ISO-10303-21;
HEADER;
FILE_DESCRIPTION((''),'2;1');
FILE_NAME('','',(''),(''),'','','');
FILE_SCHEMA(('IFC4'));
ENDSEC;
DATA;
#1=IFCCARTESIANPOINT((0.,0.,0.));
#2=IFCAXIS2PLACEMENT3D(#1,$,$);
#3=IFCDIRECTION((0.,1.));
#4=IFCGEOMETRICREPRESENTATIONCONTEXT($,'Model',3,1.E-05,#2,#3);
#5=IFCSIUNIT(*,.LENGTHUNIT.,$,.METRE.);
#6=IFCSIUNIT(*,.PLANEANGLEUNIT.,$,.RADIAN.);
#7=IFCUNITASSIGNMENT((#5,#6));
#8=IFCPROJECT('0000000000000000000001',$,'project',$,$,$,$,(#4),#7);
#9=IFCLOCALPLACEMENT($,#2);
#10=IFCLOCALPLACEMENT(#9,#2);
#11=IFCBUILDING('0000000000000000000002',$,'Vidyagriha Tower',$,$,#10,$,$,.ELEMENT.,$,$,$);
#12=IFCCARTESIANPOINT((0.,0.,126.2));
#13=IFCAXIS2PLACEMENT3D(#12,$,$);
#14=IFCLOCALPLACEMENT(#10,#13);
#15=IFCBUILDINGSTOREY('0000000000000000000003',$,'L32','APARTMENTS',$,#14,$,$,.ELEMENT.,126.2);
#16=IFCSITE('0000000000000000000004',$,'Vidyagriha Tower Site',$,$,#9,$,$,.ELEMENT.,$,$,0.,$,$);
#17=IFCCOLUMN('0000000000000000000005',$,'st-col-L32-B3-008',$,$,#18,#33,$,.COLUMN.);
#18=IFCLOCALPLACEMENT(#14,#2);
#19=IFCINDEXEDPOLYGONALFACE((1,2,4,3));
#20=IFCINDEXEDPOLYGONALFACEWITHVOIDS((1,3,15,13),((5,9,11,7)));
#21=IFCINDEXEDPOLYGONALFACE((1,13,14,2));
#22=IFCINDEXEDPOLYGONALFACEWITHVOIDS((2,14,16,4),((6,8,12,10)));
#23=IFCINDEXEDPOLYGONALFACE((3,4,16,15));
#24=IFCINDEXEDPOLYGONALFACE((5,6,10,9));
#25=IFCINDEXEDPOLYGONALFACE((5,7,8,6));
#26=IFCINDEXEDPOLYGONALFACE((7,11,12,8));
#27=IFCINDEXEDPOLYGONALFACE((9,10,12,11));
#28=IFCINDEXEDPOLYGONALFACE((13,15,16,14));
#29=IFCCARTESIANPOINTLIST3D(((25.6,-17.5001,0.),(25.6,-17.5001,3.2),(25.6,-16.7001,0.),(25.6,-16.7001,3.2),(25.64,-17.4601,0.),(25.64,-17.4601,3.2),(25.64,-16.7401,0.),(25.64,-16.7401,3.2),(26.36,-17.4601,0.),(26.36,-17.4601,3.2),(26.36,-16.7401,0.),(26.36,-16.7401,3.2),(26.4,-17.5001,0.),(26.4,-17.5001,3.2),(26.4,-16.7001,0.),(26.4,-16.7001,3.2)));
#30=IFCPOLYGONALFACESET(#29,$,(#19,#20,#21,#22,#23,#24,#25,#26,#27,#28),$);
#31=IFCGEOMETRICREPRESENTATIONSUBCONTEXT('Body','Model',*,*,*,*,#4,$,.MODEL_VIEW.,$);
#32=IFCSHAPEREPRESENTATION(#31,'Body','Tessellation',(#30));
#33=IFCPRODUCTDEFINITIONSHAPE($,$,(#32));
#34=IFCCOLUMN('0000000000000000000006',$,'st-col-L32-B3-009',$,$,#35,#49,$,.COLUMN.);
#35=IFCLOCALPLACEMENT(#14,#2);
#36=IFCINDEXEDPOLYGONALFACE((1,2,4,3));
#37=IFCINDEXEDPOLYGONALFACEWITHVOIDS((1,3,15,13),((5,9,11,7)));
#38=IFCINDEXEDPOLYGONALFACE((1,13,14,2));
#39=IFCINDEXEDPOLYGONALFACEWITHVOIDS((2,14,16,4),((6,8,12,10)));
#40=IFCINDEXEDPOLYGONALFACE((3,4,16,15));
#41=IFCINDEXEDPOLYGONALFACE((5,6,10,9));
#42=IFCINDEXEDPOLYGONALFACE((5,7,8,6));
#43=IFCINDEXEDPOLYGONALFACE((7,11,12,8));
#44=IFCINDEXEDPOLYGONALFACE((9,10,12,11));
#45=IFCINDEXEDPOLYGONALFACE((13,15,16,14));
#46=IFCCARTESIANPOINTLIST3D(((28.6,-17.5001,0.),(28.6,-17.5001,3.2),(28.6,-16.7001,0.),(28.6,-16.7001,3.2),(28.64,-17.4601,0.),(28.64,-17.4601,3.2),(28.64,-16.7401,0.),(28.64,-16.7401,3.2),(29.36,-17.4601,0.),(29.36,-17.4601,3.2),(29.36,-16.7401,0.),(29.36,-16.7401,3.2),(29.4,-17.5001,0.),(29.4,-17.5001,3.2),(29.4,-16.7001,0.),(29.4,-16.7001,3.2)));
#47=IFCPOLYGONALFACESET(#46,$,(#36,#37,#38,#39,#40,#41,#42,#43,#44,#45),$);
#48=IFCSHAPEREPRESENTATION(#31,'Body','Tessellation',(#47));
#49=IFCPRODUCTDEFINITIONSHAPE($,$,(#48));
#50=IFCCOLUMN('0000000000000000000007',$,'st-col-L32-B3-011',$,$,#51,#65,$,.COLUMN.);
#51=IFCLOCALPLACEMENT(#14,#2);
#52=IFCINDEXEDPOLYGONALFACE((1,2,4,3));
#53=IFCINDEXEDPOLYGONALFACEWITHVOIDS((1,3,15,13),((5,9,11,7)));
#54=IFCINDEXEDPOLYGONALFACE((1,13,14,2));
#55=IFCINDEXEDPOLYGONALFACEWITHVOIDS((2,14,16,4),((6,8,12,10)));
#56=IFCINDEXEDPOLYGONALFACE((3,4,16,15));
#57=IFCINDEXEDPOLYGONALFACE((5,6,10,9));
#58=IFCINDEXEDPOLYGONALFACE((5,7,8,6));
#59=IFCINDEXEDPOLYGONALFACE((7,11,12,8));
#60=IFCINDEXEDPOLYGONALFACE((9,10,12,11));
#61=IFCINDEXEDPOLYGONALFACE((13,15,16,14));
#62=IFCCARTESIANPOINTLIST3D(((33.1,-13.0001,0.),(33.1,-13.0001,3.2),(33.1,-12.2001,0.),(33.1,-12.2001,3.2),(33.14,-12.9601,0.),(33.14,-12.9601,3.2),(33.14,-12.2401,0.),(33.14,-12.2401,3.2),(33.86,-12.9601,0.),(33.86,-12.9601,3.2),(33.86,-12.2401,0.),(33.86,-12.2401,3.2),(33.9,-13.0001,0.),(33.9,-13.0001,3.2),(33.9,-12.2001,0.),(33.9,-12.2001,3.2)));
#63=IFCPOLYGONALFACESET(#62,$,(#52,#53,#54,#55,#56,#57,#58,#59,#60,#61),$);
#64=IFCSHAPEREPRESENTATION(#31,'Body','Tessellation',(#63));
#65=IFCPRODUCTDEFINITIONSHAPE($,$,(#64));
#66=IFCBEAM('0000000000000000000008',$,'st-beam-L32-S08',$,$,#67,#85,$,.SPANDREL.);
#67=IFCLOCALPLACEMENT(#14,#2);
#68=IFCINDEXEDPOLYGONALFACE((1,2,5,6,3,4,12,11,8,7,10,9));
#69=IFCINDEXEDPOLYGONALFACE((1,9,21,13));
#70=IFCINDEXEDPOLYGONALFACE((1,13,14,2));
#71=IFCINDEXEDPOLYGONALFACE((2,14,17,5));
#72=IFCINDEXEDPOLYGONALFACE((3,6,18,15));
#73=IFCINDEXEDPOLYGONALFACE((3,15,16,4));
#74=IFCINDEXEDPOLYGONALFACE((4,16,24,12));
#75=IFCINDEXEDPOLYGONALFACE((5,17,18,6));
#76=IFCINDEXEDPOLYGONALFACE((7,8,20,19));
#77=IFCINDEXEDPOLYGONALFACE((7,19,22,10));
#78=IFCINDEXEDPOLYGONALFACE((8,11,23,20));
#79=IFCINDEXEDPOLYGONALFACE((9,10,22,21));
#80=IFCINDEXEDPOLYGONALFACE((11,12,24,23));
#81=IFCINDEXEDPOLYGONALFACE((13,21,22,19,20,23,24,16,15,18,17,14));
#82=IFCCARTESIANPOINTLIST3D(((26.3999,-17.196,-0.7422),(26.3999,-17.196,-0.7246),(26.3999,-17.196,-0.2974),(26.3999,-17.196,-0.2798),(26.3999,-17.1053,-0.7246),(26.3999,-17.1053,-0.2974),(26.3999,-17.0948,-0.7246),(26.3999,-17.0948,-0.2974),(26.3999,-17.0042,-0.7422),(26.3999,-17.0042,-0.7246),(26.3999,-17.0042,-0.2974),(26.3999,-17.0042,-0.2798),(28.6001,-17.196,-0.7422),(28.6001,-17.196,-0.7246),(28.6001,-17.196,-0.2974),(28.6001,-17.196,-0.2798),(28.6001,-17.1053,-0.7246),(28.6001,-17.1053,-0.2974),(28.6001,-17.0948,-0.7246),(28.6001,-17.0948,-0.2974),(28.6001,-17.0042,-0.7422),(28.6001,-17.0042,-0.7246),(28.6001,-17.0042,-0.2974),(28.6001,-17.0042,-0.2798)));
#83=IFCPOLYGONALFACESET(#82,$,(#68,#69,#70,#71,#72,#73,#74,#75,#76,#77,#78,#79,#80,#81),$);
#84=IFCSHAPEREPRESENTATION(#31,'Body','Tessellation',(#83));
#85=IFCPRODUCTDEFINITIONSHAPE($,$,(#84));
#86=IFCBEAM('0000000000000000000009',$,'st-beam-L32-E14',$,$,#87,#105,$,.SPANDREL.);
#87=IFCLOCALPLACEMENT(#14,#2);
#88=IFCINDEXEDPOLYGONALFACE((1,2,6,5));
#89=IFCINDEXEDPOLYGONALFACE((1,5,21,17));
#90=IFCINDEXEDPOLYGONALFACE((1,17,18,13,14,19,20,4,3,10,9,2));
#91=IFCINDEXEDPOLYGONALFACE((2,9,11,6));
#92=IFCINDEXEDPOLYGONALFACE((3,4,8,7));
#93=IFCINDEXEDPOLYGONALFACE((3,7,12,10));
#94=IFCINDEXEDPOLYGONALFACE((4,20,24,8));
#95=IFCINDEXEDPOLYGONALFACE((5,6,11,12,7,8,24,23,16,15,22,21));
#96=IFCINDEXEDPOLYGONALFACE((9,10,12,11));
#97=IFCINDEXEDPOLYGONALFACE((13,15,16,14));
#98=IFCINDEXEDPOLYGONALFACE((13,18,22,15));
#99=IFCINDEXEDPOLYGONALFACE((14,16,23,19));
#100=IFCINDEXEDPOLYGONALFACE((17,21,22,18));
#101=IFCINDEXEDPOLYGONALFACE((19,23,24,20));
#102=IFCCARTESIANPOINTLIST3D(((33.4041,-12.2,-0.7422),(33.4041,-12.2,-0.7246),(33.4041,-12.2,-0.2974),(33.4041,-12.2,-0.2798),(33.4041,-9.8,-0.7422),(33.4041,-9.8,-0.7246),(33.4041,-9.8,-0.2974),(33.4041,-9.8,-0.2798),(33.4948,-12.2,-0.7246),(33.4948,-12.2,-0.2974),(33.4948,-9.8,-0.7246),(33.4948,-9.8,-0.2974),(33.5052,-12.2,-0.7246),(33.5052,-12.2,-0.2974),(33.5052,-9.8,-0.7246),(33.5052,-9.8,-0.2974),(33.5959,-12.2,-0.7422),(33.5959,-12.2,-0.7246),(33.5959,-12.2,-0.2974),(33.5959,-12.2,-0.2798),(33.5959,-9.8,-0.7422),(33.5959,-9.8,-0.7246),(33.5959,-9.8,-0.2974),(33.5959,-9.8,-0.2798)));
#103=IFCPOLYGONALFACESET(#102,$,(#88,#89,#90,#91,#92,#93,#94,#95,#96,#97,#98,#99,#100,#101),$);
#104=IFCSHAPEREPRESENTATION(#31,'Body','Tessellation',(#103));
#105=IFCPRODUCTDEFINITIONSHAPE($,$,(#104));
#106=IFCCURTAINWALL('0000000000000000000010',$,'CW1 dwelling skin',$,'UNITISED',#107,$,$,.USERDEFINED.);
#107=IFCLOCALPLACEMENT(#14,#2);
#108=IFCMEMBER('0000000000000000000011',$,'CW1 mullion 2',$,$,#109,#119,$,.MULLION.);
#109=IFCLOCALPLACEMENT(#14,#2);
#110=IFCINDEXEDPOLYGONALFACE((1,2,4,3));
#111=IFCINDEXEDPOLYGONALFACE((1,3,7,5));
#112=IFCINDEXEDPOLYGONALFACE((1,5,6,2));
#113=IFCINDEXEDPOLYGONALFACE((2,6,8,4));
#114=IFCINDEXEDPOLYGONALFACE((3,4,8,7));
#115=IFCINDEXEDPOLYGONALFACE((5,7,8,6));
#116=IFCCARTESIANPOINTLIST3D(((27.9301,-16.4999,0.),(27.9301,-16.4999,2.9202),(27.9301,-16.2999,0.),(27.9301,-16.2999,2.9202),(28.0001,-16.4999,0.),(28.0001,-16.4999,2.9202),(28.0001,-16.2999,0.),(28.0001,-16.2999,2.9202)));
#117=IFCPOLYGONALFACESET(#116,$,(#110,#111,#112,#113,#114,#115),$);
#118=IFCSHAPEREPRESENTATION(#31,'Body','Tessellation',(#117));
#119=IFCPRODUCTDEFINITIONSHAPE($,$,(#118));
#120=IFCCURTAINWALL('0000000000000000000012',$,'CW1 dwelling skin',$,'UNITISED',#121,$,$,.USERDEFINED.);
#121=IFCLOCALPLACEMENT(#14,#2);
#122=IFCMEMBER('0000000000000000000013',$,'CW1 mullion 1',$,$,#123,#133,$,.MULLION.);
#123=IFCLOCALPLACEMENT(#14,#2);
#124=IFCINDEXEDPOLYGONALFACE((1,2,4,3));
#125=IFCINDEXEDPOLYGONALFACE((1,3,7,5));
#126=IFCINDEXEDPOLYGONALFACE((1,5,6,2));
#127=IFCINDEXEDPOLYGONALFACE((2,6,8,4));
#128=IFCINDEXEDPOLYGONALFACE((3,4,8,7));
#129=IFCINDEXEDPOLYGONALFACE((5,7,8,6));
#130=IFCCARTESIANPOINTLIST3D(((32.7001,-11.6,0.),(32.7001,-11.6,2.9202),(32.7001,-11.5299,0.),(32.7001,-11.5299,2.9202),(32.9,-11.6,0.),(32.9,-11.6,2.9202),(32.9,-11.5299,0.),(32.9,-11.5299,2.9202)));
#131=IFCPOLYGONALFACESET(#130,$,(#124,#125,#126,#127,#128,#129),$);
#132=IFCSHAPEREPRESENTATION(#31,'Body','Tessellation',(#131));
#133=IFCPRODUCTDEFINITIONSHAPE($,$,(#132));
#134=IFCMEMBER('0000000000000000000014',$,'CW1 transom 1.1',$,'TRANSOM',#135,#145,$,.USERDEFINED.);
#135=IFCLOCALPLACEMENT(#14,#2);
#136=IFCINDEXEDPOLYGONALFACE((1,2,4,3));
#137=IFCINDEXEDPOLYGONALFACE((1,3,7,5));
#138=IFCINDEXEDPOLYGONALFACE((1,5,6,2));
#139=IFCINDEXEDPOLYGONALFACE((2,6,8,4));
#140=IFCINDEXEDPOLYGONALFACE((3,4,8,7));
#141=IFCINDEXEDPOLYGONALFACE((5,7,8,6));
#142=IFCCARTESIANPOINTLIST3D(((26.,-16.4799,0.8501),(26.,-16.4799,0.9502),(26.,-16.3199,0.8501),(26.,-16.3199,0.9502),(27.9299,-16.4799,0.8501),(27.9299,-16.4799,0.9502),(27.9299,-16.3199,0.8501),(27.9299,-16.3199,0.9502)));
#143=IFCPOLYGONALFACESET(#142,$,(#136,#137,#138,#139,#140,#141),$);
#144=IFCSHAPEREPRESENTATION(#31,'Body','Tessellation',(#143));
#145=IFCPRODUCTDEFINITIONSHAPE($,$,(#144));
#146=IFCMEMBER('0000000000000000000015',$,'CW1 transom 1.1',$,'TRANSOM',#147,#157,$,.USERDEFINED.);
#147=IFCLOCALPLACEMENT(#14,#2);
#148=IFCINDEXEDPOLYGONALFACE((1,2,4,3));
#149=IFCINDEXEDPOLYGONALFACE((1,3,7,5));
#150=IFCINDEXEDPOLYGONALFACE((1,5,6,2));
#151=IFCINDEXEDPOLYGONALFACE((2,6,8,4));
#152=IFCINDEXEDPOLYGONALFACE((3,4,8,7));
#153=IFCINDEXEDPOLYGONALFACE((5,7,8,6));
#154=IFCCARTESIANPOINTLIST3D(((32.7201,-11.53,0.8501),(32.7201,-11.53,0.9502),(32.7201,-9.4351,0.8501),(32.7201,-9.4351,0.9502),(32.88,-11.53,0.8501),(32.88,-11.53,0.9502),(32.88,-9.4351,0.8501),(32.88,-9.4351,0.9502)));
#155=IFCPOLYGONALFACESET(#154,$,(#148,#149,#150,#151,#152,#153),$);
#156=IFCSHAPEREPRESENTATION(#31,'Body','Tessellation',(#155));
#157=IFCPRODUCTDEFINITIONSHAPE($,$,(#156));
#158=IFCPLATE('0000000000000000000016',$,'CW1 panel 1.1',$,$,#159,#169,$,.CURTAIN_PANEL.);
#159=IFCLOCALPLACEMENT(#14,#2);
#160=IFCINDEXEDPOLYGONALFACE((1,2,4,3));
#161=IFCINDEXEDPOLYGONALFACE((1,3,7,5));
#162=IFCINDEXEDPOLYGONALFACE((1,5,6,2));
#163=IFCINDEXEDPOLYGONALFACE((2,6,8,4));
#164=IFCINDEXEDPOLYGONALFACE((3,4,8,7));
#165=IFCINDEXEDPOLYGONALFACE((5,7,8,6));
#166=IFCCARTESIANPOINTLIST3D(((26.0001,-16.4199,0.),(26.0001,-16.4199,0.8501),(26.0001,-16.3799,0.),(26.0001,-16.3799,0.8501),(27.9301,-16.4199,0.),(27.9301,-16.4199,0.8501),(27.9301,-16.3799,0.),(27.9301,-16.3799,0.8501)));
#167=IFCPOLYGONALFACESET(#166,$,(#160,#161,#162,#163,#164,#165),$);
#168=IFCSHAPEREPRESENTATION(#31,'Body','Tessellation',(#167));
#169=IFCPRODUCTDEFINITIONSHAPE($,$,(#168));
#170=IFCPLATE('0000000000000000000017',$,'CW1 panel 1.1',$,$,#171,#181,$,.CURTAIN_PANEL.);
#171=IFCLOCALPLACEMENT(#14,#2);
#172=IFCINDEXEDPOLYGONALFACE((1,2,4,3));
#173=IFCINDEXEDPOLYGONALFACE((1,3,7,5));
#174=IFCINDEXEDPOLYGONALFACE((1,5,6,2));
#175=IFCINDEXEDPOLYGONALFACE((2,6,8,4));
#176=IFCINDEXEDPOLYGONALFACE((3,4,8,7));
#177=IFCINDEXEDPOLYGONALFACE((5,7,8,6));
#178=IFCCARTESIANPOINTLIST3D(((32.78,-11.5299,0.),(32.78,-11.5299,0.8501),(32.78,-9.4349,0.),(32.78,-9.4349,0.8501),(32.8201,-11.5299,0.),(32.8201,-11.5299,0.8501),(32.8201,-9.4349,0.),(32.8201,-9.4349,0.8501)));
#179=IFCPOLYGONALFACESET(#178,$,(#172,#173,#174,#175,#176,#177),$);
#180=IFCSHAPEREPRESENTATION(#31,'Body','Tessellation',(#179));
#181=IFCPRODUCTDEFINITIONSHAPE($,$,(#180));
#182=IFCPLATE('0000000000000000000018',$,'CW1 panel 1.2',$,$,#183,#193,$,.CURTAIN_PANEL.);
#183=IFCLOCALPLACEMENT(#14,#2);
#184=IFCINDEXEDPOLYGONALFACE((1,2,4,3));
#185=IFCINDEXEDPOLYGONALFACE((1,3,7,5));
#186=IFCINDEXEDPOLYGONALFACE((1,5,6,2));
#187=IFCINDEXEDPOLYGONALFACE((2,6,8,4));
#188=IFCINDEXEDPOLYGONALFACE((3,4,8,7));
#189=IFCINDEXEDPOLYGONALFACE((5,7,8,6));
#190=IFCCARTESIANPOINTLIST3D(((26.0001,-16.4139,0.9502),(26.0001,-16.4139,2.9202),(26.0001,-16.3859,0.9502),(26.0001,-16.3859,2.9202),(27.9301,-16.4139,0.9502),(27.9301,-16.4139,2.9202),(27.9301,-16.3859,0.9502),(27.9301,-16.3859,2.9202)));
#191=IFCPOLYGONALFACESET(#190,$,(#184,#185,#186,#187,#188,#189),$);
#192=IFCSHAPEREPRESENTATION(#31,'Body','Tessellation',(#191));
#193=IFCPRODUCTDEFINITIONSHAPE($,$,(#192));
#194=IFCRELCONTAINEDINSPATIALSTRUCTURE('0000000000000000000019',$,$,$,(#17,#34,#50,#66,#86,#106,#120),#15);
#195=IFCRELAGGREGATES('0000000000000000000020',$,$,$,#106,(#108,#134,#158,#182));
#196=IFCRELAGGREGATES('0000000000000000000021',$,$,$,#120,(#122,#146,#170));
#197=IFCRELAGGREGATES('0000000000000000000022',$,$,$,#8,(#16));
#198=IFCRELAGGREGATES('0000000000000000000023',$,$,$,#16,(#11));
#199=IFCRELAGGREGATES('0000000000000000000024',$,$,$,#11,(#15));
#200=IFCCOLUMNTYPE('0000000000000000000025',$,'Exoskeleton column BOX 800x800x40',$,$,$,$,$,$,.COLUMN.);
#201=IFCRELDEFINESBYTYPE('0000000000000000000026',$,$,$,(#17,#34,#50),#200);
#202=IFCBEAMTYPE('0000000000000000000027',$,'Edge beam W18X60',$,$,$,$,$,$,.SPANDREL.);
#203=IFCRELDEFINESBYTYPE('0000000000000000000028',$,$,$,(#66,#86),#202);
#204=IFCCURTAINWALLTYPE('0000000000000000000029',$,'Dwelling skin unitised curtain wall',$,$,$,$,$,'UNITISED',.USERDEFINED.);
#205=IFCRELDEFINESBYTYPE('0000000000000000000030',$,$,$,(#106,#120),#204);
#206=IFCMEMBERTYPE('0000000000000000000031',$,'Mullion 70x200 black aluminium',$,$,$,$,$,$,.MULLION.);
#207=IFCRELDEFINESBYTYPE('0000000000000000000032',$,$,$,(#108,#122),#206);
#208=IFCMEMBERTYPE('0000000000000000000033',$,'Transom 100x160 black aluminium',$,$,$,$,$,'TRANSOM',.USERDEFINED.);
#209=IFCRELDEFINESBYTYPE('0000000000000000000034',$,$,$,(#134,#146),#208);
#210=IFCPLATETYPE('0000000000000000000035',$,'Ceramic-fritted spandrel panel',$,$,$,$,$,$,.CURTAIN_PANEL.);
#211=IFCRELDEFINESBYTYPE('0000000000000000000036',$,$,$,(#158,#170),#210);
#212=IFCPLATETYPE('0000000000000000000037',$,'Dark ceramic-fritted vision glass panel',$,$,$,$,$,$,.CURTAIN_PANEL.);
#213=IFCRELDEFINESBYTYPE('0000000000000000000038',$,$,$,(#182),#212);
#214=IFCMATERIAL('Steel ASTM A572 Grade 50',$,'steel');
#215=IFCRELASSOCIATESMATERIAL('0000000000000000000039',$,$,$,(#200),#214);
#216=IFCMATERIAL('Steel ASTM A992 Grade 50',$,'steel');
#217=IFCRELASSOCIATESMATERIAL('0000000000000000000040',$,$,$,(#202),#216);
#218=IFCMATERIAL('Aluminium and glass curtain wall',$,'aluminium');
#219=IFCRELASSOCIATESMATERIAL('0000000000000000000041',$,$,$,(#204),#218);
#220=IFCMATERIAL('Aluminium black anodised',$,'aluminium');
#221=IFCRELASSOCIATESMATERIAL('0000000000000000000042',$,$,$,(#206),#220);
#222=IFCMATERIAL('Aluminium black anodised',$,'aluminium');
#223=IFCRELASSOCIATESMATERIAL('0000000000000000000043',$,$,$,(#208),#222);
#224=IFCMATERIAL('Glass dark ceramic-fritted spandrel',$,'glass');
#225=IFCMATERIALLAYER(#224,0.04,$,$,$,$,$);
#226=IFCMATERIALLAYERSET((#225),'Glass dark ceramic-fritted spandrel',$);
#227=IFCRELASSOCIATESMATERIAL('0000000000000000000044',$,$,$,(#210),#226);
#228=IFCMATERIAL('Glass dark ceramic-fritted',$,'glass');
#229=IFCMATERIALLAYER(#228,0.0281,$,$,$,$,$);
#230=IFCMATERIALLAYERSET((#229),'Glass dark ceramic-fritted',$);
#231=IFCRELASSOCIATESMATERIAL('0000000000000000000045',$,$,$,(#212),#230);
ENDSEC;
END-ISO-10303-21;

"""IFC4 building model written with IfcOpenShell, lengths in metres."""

from ifc_helpers import new_model, si_unit, direction, frame, origin, origin_2d, place, context, subcontext, project, spatial, rectangle, hollow_rectangle, i_section, extrude, material, layer, layer_set, material_profile, profile_set, type_object, element, aggregate, save


model = new_model("IFC4")

# Units and contexts
model_context = context("Model", 3, precision=1e-05, world=origin(), true_north=direction((0.0, 1.0)))
body_context = subcontext(model_context, "Body", "Model", "MODEL_VIEW")
ifc_project = project(units=[si_unit("LENGTHUNIT", "METRE"), si_unit("PLANEANGLEUNIT", "RADIAN")], contexts=[model_context])

# Site, building, storey
site_placement = place(None, origin())
site = spatial("IfcSite", under=ifc_project, at=site_placement, Name="Vidyagriha Tower Site", CompositionType="ELEMENT", RefElevation=0.0)
building_placement = place(site_placement, origin())
building = spatial("IfcBuilding", under=site, at=building_placement, Name="Vidyagriha Tower", CompositionType="ELEMENT")
storey_placement = place(building_placement, frame((0.0, 0.0, 126.2)))
storey = spatial("IfcBuildingStorey", under=building, at=storey_placement, Name="L32", Description="APARTMENTS", CompositionType="ELEMENT", Elevation=126.2)

# Columns
ifc_material_1 = material(Name="Steel ASTM A572 Grade 50", Category="steel")
ifc_material_profile_1 = material_profile(ifc_material_1, hollow_rectangle(XDim=0.8, YDim=0.8, WallThickness=0.04, at=origin_2d()), Name="BOX 800x800x40")
ifc_profile_set_1 = profile_set([ifc_material_profile_1], Name="Steel ASTM A572 Grade 50")
column_type = type_object("IfcColumnType", Name="Exoskeleton column BOX 800x800x40", PredefinedType="COLUMN", material=ifc_profile_set_1)
for number, where, name in (
    (1, (26.0, -17.1001, 0.0), "st-col-L32-B3-008"),
    (2, (29.0, -17.1001, 0.0), "st-col-L32-B3-009"),
    (3, (33.5, -12.6001, 0.0), "st-col-L32-B3-011"),
):
    element("IfcColumn", number, at=place(storey_placement, frame(where)), inside=storey, type_object=column_type, Name=name, PredefinedType="COLUMN", context=body_context, shape_type="SweptSolid", body=[
        extrude(hollow_rectangle(XDim=0.8, YDim=0.8, WallThickness=0.04, at=origin_2d()), origin(), (0.0, 0.0, 1.0), 3.2),
    ])

# Beams
ifc_material_2 = material(Name="Steel ASTM A992 Grade 50", Category="steel")
ifc_material_profile_2 = material_profile(ifc_material_2, i_section(OverallWidth=0.1919, OverallDepth=0.4624, WebThickness=0.0105, FlangeThickness=0.0176, at=origin_2d()), Name="W18X60")
ifc_profile_set_2 = profile_set([ifc_material_profile_2], Name="Steel ASTM A992 Grade 50")
beam_type = type_object("IfcBeamType", Name="Edge beam W18X60", PredefinedType="SPANDREL", material=ifc_profile_set_2)
beam_1_placement = place(storey_placement, frame((26.3999, -17.1001, -0.511), z_axis=(1.0, 0.0, 0.0), x_axis=(0.0, 1.0, 0.0)))
element("IfcBeam", 4, at=beam_1_placement, inside=storey, type_object=beam_type, Name="st-beam-L32-S08", PredefinedType="SPANDREL", context=body_context, shape_type="SweptSolid", body=[
    extrude(i_section(OverallWidth=0.1919, OverallDepth=0.4624, WebThickness=0.0105, FlangeThickness=0.0176, at=origin_2d()), origin(), (0.0, 0.0, 1.0), 2.2002),
])
beam_2_placement = place(storey_placement, frame((33.5, -12.2, -0.511), z_axis=(0.0, 1.0, 0.0), x_axis=(-1.0, 0.0, 0.0)))
element("IfcBeam", 5, at=beam_2_placement, inside=storey, type_object=beam_type, Name="st-beam-L32-E14", PredefinedType="SPANDREL", context=body_context, shape_type="SweptSolid", body=[
    extrude(i_section(OverallWidth=0.1919, OverallDepth=0.4624, WebThickness=0.0105, FlangeThickness=0.0176, at=origin_2d()), origin(), (0.0, 0.0, 1.0), 2.3999),
])

# Curtain walls, members
ifc_material_3 = material(Name="Aluminium and glass curtain wall", Category="aluminium")
curtain_wall_type = type_object("IfcCurtainWallType", Name="Dwelling skin unitised curtain wall", ElementType="UNITISED", PredefinedType="USERDEFINED", material=ifc_material_3)
curtain_wall_1_placement = place(storey_placement, origin())
curtain_wall_1 = element("IfcCurtainWall", 6, at=curtain_wall_1_placement, inside=storey, type_object=curtain_wall_type, Name="CW1 dwelling skin", ObjectType="UNITISED", PredefinedType="USERDEFINED")
ifc_material_4 = material(Name="Aluminium black anodised", Category="aluminium")
ifc_material_profile_3 = material_profile(ifc_material_4, rectangle(XDim=0.2, YDim=0.0701, at=origin_2d()), Name="Mullion 70x200 black aluminium")
ifc_profile_set_3 = profile_set([ifc_material_profile_3], Name="Aluminium black anodised")
member_type_1 = type_object("IfcMemberType", Name="Mullion 70x200 black aluminium", PredefinedType="MULLION", material=ifc_profile_set_3)
member_1_placement = place(storey_placement, frame((27.9651, -16.3999, 0.0), z_axis=(0.0, 0.0, 1.0), x_axis=(0.0, 1.0, 0.0)))
member_1 = element("IfcMember", 7, at=member_1_placement, type_object=member_type_1, Name="CW1 mullion 2", PredefinedType="MULLION", context=body_context, shape_type="SweptSolid", body=[
    extrude(rectangle(XDim=0.2, YDim=0.0701, at=origin_2d()), origin(), (0.0, 0.0, 1.0), 2.9202),
])
curtain_wall_2_placement = place(storey_placement, origin())
curtain_wall_2 = element("IfcCurtainWall", 8, at=curtain_wall_2_placement, inside=storey, type_object=curtain_wall_type, Name="CW1 dwelling skin", ObjectType="UNITISED", PredefinedType="USERDEFINED")
member_2_placement = place(storey_placement, frame((32.8, -11.5649, 0.0), z_axis=(0.0, 0.0, 1.0), x_axis=(-1.0, 0.0, 0.0)))
member_2 = element("IfcMember", 9, at=member_2_placement, type_object=member_type_1, Name="CW1 mullion 1", PredefinedType="MULLION", context=body_context, shape_type="SweptSolid", body=[
    extrude(rectangle(XDim=0.2, YDim=0.0701, at=origin_2d()), origin(), (0.0, 0.0, 1.0), 2.9202),
])

# Members
ifc_material_5 = material(Name="Aluminium black anodised", Category="aluminium")
ifc_material_profile_4 = material_profile(ifc_material_5, rectangle(XDim=0.1599, YDim=0.1001, at=origin_2d()), Name="Transom 100x160 black aluminium")
ifc_profile_set_4 = profile_set([ifc_material_profile_4], Name="Aluminium black anodised")
member_type_2 = type_object("IfcMemberType", Name="Transom 100x160 black aluminium", ElementType="TRANSOM", PredefinedType="USERDEFINED", material=ifc_profile_set_4)
member_3_placement = place(storey_placement, frame((26.0, -16.3999, 0.9001), z_axis=(1.0, 0.0, 0.0), x_axis=(0.0, 1.0, 0.0)))
member_3 = element("IfcMember", 10, at=member_3_placement, type_object=member_type_2, Name="CW1 transom 1.1", ObjectType="TRANSOM", PredefinedType="USERDEFINED", context=body_context, shape_type="SweptSolid", body=[
    extrude(rectangle(XDim=0.1599, YDim=0.1001, at=origin_2d()), origin(), (0.0, 0.0, 1.0), 1.9299),
])
member_4_placement = place(storey_placement, frame((32.8, -11.53, 0.9001), z_axis=(0.0, 1.0, 0.0), x_axis=(-1.0, 0.0, 0.0)))
member_4 = element("IfcMember", 11, at=member_4_placement, type_object=member_type_2, Name="CW1 transom 1.1", ObjectType="TRANSOM", PredefinedType="USERDEFINED", context=body_context, shape_type="SweptSolid", body=[
    extrude(rectangle(XDim=0.1599, YDim=0.1001, at=origin_2d()), origin(), (0.0, 0.0, 1.0), 2.095),
])

# Plates
ifc_material_6 = material(Name="Glass dark ceramic-fritted spandrel", Category="glass")
ifc_layer_1 = layer(ifc_material_6, 0.04)
ifc_layer_set_1 = layer_set([ifc_layer_1], Name="Glass dark ceramic-fritted spandrel")
plate_type_1 = type_object("IfcPlateType", Name="Ceramic-fritted spandrel panel", PredefinedType="CURTAIN_PANEL", material=ifc_layer_set_1)
plate_1_placement = place(storey_placement, frame((26.9651, -16.3999, 0.0)))
plate_1 = element("IfcPlate", 12, at=plate_1_placement, type_object=plate_type_1, Name="CW1 panel 1.1", PredefinedType="CURTAIN_PANEL", context=body_context, shape_type="SweptSolid", body=[
    extrude(rectangle(XDim=1.9299, YDim=0.04, at=origin_2d()), origin(), (0.0, 0.0, 1.0), 0.8501),
])
plate_2_placement = place(storey_placement, frame((32.8, -10.4824, 0.0), z_axis=(0.0, 0.0, 1.0), x_axis=(0.0, 1.0, 0.0)))
plate_2 = element("IfcPlate", 13, at=plate_2_placement, type_object=plate_type_1, Name="CW1 panel 1.1", PredefinedType="CURTAIN_PANEL", context=body_context, shape_type="SweptSolid", body=[
    extrude(rectangle(XDim=2.095, YDim=0.04, at=origin_2d()), origin(), (0.0, 0.0, 1.0), 0.8501),
])
ifc_material_7 = material(Name="Glass dark ceramic-fritted", Category="glass")
ifc_layer_2 = layer(ifc_material_7, 0.0281)
ifc_layer_set_2 = layer_set([ifc_layer_2], Name="Glass dark ceramic-fritted")
plate_type_2 = type_object("IfcPlateType", Name="Dark ceramic-fritted vision glass panel", PredefinedType="CURTAIN_PANEL", material=ifc_layer_set_2)
plate_3_placement = place(storey_placement, frame((26.9651, -16.3999, 0.9502)))
plate_3 = element("IfcPlate", 14, at=plate_3_placement, type_object=plate_type_2, Name="CW1 panel 1.2", PredefinedType="CURTAIN_PANEL", context=body_context, shape_type="SweptSolid", body=[
    extrude(rectangle(XDim=1.9299, YDim=0.0281, at=origin_2d()), origin(), (0.0, 0.0, 1.0), 1.97),
])
aggregate(curtain_wall_1, [member_1, member_3, plate_1, plate_3])
aggregate(curtain_wall_2, [member_2, member_4, plate_2])

save(model, "model.ifc")
